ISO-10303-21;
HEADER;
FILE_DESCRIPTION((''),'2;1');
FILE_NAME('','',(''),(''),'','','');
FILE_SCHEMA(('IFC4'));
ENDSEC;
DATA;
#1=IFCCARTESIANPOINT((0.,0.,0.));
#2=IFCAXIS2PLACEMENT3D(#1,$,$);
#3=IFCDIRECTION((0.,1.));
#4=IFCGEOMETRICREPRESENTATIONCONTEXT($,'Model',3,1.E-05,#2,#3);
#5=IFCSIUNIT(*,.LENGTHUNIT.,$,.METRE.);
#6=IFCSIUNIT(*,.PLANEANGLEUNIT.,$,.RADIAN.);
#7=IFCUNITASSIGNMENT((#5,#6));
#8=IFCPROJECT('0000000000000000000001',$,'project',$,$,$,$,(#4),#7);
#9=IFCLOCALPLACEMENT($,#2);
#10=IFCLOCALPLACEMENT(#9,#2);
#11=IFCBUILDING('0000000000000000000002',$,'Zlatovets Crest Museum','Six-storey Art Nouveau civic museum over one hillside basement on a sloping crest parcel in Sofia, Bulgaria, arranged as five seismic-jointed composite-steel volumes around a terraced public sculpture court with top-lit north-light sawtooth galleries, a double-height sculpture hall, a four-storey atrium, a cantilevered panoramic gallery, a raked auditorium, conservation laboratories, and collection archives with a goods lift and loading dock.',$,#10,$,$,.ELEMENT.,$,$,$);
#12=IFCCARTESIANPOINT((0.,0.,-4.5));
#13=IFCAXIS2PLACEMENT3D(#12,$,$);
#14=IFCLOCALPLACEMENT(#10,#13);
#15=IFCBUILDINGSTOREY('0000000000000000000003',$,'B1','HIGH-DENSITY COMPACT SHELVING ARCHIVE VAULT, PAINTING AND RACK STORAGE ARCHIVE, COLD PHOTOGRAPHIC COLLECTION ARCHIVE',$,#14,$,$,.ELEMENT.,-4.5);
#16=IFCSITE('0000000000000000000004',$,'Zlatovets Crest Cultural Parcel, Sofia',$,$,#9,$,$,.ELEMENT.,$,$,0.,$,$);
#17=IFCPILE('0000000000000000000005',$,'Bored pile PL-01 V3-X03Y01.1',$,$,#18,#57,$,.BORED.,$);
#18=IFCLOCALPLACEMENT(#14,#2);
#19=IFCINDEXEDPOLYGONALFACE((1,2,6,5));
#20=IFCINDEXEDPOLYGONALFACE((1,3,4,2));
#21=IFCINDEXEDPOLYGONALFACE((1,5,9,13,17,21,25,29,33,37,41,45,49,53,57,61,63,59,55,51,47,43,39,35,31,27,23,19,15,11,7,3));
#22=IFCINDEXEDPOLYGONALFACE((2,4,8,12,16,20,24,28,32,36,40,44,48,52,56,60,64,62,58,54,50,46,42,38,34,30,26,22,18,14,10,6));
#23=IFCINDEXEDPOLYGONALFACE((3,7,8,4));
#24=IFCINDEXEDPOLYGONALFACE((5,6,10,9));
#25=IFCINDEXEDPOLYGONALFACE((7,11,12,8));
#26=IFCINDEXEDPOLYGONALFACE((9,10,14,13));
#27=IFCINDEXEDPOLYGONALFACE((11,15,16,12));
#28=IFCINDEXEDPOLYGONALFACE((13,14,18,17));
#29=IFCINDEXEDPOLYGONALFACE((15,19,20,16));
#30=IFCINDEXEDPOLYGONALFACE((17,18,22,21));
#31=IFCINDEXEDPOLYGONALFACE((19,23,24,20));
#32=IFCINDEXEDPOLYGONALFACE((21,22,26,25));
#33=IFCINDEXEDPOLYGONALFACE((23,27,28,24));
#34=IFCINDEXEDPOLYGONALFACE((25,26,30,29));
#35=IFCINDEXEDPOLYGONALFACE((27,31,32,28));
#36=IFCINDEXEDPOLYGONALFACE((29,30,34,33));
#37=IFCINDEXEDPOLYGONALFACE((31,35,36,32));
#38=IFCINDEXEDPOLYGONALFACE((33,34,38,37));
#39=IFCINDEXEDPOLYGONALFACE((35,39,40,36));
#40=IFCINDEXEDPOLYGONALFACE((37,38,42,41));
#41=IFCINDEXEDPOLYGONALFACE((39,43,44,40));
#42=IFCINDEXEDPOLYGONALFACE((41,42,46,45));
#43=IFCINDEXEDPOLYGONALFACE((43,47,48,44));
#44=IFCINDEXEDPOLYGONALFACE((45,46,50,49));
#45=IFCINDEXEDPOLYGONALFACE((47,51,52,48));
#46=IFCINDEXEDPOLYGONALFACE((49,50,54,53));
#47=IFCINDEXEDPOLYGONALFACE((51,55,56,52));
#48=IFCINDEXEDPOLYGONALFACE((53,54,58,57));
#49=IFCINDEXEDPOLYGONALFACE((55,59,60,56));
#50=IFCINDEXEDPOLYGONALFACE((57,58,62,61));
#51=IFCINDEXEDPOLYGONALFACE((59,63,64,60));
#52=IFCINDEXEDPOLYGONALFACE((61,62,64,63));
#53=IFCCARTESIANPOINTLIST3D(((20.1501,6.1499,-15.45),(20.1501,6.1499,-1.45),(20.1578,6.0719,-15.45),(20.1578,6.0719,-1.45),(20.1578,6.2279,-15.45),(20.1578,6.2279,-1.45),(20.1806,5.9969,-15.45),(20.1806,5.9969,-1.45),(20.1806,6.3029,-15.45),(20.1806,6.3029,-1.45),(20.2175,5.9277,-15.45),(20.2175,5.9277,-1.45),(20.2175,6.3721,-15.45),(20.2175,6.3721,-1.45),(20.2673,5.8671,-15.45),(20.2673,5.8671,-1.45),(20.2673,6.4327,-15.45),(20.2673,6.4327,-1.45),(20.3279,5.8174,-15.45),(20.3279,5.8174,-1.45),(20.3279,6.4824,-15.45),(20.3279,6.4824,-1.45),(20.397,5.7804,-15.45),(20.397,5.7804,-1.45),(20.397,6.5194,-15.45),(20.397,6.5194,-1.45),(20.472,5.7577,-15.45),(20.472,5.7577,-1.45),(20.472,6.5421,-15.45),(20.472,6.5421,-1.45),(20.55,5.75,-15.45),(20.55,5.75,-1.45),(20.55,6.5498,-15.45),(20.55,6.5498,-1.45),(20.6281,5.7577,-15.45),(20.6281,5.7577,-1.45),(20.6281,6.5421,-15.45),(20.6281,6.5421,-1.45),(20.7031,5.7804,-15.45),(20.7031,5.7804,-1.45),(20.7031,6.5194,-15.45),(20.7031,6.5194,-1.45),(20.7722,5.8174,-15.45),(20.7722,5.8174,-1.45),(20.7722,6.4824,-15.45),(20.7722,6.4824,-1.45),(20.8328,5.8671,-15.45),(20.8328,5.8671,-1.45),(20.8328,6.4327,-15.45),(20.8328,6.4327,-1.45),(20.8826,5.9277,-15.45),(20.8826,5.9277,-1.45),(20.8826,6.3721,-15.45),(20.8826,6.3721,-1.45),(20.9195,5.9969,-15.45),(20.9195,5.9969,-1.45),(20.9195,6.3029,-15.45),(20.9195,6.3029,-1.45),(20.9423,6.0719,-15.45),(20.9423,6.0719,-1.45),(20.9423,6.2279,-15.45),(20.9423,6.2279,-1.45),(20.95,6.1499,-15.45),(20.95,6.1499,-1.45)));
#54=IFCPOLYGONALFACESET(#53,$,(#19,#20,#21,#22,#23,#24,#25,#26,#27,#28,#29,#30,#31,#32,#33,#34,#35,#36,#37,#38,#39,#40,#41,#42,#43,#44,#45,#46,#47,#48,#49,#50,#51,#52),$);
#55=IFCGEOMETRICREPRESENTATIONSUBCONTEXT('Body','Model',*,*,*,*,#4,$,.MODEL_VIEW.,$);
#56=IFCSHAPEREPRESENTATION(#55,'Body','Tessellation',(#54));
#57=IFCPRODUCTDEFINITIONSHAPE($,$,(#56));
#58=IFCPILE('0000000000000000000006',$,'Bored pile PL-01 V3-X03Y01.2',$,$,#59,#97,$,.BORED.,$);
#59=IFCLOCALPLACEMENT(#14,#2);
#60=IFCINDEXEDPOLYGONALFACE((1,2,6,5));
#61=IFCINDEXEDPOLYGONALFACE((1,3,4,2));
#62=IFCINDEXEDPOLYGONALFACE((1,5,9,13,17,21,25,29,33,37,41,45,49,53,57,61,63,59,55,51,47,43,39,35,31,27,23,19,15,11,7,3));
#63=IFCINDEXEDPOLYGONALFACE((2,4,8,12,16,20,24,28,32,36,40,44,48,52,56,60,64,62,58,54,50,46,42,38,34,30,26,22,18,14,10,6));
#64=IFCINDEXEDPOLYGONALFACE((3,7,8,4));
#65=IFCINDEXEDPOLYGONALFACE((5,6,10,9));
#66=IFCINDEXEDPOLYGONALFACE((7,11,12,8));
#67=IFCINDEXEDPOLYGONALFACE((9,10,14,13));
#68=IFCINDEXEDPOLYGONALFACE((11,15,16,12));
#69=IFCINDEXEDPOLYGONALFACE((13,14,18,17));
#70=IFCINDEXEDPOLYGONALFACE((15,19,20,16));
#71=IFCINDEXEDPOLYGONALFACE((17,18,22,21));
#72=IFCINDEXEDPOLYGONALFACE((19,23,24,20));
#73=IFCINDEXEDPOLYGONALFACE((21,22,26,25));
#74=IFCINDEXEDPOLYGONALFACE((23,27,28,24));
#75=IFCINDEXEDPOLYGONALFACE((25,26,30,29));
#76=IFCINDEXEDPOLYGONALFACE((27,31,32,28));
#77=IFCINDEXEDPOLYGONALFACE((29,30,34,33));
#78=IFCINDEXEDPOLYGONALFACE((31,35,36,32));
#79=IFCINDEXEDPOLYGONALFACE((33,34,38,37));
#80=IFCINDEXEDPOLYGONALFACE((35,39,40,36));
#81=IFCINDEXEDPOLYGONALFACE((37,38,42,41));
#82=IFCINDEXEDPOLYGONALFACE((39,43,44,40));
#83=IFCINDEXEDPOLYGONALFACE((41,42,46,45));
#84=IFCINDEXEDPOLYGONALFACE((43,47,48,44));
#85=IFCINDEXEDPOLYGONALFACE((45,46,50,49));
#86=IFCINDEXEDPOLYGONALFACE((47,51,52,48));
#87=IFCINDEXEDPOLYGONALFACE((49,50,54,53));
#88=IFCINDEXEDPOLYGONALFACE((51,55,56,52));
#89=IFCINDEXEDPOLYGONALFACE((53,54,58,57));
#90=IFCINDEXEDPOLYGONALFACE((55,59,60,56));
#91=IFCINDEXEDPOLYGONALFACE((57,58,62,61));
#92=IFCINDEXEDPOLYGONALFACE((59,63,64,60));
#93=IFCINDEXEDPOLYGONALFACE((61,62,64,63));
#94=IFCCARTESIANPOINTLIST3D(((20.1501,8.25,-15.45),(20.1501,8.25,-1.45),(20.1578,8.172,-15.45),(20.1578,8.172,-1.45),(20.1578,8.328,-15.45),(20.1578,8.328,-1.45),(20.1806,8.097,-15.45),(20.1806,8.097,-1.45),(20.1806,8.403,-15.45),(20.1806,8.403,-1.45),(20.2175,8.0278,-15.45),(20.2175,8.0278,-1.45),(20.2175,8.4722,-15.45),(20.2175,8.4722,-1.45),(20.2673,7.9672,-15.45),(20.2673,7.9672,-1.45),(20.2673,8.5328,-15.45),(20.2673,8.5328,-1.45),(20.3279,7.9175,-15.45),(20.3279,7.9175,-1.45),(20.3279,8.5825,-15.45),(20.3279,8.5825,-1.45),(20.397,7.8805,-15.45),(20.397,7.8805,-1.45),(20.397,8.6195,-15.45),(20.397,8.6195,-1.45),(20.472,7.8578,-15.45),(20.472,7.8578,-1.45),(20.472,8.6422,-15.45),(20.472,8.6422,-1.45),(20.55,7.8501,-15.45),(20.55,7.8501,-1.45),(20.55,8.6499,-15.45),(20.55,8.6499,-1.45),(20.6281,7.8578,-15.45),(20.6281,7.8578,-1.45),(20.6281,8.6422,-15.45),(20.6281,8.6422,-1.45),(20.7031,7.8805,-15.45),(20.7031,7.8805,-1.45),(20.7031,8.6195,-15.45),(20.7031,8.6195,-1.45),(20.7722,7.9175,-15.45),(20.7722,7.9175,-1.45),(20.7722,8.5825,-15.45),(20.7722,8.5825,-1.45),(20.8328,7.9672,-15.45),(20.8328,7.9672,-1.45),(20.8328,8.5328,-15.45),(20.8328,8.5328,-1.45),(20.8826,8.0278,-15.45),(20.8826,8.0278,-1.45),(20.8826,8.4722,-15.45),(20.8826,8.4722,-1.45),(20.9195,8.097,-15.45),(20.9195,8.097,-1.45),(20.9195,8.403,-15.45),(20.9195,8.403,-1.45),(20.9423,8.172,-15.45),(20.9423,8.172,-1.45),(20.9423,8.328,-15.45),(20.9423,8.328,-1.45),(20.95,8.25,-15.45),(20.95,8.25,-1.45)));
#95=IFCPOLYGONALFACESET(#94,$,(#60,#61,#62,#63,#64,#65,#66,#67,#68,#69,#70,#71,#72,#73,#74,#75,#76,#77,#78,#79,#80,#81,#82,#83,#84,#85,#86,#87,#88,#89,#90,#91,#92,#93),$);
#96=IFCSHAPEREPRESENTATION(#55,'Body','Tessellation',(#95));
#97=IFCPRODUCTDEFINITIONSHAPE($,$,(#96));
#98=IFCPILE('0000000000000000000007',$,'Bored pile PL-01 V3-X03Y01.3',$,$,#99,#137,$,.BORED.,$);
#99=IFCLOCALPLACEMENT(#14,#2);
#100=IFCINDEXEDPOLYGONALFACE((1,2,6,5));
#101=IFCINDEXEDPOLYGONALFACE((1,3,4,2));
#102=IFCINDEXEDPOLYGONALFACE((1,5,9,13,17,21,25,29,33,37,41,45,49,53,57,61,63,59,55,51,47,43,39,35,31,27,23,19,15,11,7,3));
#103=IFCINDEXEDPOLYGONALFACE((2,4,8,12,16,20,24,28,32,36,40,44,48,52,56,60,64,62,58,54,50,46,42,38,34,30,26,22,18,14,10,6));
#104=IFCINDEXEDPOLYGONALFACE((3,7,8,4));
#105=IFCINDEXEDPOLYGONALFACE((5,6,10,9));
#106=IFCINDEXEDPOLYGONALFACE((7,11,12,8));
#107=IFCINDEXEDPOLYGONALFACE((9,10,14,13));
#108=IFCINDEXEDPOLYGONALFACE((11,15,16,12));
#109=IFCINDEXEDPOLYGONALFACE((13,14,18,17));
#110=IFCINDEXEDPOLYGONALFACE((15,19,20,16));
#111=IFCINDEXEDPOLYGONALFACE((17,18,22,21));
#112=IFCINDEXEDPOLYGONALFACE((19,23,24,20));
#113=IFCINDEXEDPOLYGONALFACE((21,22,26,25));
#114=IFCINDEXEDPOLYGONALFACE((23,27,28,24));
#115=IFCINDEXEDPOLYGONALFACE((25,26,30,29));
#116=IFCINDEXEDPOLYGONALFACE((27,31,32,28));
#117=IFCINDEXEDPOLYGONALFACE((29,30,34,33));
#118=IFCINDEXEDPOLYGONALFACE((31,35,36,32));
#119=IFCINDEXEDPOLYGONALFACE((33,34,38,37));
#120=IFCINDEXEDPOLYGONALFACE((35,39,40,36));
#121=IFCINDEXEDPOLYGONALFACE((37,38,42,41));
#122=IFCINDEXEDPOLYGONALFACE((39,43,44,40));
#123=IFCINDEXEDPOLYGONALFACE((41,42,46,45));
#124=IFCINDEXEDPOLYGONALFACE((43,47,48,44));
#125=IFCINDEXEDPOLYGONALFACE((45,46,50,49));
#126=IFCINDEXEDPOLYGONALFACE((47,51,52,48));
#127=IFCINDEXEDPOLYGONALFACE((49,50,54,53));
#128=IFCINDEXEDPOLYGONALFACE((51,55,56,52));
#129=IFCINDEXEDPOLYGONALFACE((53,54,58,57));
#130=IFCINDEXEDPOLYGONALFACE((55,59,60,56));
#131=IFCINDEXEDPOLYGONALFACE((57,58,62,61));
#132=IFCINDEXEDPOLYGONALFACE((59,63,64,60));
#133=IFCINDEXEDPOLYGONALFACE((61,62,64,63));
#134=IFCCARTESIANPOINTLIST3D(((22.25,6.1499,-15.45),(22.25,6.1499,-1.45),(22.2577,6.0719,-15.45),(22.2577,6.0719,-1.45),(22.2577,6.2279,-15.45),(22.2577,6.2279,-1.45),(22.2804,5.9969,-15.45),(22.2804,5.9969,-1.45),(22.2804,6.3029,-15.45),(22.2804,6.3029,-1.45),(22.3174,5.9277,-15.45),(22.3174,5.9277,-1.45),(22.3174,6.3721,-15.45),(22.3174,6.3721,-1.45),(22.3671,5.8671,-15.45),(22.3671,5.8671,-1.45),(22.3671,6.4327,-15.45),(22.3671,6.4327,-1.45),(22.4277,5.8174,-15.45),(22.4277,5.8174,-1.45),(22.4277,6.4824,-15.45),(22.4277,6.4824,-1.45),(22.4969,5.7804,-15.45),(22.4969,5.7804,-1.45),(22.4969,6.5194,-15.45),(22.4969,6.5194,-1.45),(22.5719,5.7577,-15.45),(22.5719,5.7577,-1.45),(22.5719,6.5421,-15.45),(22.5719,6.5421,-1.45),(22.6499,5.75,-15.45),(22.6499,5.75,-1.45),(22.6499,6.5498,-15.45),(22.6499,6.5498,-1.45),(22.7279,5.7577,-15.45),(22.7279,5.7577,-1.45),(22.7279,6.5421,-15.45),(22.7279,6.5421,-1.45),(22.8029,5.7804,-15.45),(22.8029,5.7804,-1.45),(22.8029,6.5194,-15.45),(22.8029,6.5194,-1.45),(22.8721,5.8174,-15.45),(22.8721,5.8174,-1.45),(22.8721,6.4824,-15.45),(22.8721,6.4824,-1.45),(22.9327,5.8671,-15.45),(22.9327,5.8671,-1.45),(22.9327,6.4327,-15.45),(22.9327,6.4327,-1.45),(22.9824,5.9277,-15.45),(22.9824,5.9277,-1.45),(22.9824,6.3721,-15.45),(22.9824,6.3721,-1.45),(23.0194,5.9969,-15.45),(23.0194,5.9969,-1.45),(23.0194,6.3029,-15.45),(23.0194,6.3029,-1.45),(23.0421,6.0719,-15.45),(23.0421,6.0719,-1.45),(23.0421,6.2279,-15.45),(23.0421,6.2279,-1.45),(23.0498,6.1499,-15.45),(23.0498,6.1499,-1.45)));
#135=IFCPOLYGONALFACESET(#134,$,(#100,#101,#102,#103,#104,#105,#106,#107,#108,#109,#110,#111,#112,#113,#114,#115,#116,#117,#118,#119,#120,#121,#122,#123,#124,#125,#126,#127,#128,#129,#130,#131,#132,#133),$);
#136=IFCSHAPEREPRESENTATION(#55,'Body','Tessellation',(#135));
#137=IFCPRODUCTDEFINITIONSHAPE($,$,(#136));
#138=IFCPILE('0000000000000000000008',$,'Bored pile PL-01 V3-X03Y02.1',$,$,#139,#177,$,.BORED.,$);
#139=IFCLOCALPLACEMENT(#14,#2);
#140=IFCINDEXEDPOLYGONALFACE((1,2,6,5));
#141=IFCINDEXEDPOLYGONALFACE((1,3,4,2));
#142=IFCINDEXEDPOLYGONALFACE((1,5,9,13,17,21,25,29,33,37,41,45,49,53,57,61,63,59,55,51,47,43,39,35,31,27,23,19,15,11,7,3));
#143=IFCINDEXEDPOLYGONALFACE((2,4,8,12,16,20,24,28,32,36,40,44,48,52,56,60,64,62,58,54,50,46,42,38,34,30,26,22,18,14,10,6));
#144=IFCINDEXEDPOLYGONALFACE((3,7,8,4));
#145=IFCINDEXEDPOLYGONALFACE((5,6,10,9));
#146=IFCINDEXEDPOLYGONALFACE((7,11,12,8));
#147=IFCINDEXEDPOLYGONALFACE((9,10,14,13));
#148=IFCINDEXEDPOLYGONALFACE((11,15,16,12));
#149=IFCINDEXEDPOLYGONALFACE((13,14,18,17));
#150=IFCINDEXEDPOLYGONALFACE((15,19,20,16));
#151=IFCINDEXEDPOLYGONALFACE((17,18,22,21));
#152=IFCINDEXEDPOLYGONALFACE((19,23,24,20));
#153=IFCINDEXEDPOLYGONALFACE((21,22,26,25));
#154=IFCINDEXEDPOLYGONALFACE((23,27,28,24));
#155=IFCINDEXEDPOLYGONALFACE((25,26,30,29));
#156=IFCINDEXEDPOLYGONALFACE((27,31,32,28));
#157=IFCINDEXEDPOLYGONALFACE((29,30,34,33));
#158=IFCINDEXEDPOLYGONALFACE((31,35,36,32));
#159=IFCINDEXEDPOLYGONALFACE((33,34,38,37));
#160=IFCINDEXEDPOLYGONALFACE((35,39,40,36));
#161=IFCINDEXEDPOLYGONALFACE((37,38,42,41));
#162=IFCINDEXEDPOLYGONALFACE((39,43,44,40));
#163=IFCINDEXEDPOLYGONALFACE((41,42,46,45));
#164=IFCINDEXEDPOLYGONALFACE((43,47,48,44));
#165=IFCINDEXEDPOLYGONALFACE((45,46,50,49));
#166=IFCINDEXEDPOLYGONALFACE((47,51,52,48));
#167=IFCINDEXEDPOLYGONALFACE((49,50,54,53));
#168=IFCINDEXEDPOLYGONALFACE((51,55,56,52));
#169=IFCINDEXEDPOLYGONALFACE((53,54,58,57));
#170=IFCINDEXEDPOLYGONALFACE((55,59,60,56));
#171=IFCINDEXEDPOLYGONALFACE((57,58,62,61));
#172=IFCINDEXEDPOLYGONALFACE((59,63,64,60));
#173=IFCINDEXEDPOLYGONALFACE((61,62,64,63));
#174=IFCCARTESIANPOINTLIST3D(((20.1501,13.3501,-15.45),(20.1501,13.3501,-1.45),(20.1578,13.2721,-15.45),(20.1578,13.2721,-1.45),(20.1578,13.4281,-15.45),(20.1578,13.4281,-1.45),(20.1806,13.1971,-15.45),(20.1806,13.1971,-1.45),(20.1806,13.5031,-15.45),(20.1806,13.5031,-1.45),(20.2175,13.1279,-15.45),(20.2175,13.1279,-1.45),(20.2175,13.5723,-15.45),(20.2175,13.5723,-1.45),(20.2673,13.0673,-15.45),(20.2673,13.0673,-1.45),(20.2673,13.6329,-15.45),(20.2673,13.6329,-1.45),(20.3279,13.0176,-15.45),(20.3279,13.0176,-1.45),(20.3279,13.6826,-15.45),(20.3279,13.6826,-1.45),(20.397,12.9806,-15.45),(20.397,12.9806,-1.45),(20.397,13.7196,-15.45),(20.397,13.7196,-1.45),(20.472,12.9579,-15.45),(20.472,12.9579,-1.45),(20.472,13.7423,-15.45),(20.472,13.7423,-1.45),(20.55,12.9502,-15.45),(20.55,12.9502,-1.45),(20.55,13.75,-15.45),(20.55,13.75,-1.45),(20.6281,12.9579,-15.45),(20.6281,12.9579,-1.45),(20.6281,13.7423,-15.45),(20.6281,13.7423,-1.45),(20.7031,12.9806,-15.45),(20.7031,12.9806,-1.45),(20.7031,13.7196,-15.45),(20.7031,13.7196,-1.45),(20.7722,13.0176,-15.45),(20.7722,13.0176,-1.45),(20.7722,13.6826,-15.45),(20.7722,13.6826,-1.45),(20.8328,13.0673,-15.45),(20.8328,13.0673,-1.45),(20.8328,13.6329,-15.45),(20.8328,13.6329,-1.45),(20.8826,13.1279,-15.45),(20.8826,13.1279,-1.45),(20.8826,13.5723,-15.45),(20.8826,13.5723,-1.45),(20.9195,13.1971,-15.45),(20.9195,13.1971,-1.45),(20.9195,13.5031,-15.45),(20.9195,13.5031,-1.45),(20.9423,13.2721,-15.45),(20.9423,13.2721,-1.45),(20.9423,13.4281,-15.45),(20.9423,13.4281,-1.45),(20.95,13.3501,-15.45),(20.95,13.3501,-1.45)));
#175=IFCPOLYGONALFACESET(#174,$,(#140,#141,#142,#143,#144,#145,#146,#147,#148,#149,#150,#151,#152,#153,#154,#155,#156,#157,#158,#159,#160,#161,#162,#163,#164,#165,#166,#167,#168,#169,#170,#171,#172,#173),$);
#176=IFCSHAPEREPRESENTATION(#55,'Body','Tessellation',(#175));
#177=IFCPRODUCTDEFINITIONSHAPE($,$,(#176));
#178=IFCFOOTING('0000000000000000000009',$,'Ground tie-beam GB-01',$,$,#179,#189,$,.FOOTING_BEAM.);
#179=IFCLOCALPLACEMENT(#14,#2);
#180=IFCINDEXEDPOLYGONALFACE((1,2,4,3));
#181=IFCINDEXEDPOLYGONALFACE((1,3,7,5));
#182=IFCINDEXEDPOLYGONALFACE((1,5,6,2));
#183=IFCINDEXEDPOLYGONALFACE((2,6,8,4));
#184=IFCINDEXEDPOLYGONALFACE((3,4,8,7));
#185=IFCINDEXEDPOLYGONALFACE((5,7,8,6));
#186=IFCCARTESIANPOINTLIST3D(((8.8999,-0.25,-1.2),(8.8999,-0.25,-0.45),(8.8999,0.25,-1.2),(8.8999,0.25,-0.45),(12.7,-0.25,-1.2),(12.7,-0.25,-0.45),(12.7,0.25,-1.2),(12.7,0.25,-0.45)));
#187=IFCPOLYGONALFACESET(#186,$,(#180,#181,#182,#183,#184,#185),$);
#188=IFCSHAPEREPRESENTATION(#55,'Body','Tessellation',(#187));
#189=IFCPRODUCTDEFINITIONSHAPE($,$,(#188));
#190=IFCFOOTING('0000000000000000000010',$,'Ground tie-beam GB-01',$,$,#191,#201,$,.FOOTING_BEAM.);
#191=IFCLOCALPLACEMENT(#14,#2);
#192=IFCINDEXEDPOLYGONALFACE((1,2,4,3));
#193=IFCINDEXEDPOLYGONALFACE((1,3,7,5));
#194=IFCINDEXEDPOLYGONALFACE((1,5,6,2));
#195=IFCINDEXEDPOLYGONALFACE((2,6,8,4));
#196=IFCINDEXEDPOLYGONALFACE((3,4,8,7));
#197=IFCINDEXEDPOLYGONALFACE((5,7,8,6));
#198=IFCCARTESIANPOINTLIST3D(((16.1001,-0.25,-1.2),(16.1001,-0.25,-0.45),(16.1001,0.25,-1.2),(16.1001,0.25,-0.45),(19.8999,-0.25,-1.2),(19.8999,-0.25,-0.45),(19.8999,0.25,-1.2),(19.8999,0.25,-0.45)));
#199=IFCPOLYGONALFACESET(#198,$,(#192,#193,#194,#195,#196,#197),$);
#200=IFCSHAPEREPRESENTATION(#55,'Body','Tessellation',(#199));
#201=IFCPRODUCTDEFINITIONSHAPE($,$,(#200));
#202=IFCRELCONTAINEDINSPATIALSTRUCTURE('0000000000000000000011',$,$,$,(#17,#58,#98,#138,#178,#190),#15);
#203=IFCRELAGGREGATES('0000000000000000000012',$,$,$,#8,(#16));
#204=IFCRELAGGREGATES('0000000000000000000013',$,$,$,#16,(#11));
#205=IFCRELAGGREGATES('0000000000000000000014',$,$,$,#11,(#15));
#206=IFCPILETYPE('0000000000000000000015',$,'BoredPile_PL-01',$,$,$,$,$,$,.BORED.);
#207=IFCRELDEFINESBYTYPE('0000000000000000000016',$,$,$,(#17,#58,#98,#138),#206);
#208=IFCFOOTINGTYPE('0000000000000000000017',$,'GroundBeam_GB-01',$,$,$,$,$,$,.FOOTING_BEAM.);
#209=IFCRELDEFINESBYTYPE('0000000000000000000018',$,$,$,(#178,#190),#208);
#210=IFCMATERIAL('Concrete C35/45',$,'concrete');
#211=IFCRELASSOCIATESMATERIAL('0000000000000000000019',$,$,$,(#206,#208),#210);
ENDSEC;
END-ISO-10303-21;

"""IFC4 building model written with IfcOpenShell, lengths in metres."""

from ifc_helpers import new_model, si_unit, direction, frame, origin, origin_2d, place, context, subcontext, project, spatial, rectangle, circle, extrude, material, material_profile, profile_set, type_object, element, save


model = new_model("IFC4")

# Units and contexts
model_context = context("Model", 3, precision=1e-05, world=origin(), true_north=direction((0.0, 1.0)))
body_context = subcontext(model_context, "Body", "Model", "MODEL_VIEW")
ifc_project = project(units=[si_unit("LENGTHUNIT", "METRE"), si_unit("PLANEANGLEUNIT", "RADIAN")], contexts=[model_context])

# Site, building, storey
site_placement = place(None, origin())
site = spatial("IfcSite", under=ifc_project, at=site_placement, Name="Zlatovets Crest Cultural Parcel, Sofia", CompositionType="ELEMENT", RefElevation=0.0)
building_placement = place(site_placement, origin())
building = spatial("IfcBuilding", under=site, at=building_placement, Name="Zlatovets Crest Museum", Description="Six-storey Art Nouveau civic museum over one hillside basement on a sloping crest parcel in Sofia, Bulgaria, arranged as five seismic-jointed composite-steel volumes around a terraced public sculpture court with top-lit north-light sawtooth galleries, a double-height sculpture hall, a four-storey atrium, a cantilevered panoramic gallery, a raked auditorium, conservation laboratories, and collection archives with a goods lift and loading dock.", CompositionType="ELEMENT")
storey_placement = place(building_placement, frame((0.0, 0.0, -4.5)))
storey = spatial("IfcBuildingStorey", under=building, at=storey_placement, Name="B1", Description="HIGH-DENSITY COMPACT SHELVING ARCHIVE VAULT, PAINTING AND RACK STORAGE ARCHIVE, COLD PHOTOGRAPHIC COLLECTION ARCHIVE", CompositionType="ELEMENT", Elevation=-4.5)

# Piles
ifc_material_1 = material(Name="Concrete C35/45", Category="concrete")
ifc_material_profile_1 = material_profile(ifc_material_1, circle(Radius=0.3999, at=origin_2d()), Name="PILE D800")
ifc_profile_set_1 = profile_set([ifc_material_profile_1], Name="Concrete C35/45")
pile_type = type_object("IfcPileType", Name="BoredPile_PL-01", PredefinedType="BORED", material=ifc_profile_set_1)
for number, where, z_axis, x_axis, name in (
    (1, (20.55, 6.1499, -1.45), (0.0, 0.0, -1.0), (1.0, 0.0, 0.0), "Bored pile PL-01 V3-X03Y01.1"),
    (2, (20.55, 8.25, -1.45), (0.0, 0.0, -1.0), (1.0, 0.0, 0.0), "Bored pile PL-01 V3-X03Y01.2"),
    (3, (22.6499, 6.1499, -1.45), (0.0, 0.0, -1.0), (1.0, 0.0, 0.0), "Bored pile PL-01 V3-X03Y01.3"),
    (4, (20.55, 13.3501, -1.45), (0.0, 0.0, -1.0), (1.0, 0.0, 0.0), "Bored pile PL-01 V3-X03Y02.1"),
):
    element("IfcPile", number, at=place(storey_placement, frame(where, z_axis=z_axis, x_axis=x_axis)), inside=storey, type_object=pile_type, Name=name, PredefinedType="BORED", context=body_context, shape_type="SweptSolid", body=[
        extrude(circle(Radius=0.3999, at=origin_2d()), origin(), (0.0, 0.0, 1.0), 14.0),
    ])

# Footings
ifc_material_profile_2 = material_profile(ifc_material_1, rectangle(XDim=0.5, YDim=0.75, at=origin_2d()), Name="RC 500x750")
ifc_profile_set_2 = profile_set([ifc_material_profile_2], Name="Concrete C35/45")
footing_type_1 = type_object("IfcFootingType", Name="GroundBeam_GB-01", PredefinedType="FOOTING_BEAM", material=ifc_profile_set_2)
footing_1_placement = place(storey_placement, frame((8.8999, 0.0, -0.825), z_axis=(1.0, 0.0, 0.0), x_axis=(0.0, 1.0, 0.0)))
element("IfcFooting", 5, at=footing_1_placement, inside=storey, type_object=footing_type_1, Name="Ground tie-beam GB-01", PredefinedType="FOOTING_BEAM", context=body_context, shape_type="SweptSolid", body=[
    extrude(rectangle(XDim=0.5, YDim=0.75, at=origin_2d()), origin(), (0.0, 0.0, 1.0), 3.8),
])
footing_2_placement = place(storey_placement, frame((16.1001, 0.0, -0.825), z_axis=(1.0, 0.0, 0.0), x_axis=(0.0, 1.0, 0.0)))
element("IfcFooting", 6, at=footing_2_placement, inside=storey, type_object=footing_type_1, Name="Ground tie-beam GB-01", PredefinedType="FOOTING_BEAM", context=body_context, shape_type="SweptSolid", body=[
    extrude(rectangle(XDim=0.5, YDim=0.75, at=origin_2d()), origin(), (0.0, 0.0, 1.0), 3.7998),
])

save(model, "model.ifc")
